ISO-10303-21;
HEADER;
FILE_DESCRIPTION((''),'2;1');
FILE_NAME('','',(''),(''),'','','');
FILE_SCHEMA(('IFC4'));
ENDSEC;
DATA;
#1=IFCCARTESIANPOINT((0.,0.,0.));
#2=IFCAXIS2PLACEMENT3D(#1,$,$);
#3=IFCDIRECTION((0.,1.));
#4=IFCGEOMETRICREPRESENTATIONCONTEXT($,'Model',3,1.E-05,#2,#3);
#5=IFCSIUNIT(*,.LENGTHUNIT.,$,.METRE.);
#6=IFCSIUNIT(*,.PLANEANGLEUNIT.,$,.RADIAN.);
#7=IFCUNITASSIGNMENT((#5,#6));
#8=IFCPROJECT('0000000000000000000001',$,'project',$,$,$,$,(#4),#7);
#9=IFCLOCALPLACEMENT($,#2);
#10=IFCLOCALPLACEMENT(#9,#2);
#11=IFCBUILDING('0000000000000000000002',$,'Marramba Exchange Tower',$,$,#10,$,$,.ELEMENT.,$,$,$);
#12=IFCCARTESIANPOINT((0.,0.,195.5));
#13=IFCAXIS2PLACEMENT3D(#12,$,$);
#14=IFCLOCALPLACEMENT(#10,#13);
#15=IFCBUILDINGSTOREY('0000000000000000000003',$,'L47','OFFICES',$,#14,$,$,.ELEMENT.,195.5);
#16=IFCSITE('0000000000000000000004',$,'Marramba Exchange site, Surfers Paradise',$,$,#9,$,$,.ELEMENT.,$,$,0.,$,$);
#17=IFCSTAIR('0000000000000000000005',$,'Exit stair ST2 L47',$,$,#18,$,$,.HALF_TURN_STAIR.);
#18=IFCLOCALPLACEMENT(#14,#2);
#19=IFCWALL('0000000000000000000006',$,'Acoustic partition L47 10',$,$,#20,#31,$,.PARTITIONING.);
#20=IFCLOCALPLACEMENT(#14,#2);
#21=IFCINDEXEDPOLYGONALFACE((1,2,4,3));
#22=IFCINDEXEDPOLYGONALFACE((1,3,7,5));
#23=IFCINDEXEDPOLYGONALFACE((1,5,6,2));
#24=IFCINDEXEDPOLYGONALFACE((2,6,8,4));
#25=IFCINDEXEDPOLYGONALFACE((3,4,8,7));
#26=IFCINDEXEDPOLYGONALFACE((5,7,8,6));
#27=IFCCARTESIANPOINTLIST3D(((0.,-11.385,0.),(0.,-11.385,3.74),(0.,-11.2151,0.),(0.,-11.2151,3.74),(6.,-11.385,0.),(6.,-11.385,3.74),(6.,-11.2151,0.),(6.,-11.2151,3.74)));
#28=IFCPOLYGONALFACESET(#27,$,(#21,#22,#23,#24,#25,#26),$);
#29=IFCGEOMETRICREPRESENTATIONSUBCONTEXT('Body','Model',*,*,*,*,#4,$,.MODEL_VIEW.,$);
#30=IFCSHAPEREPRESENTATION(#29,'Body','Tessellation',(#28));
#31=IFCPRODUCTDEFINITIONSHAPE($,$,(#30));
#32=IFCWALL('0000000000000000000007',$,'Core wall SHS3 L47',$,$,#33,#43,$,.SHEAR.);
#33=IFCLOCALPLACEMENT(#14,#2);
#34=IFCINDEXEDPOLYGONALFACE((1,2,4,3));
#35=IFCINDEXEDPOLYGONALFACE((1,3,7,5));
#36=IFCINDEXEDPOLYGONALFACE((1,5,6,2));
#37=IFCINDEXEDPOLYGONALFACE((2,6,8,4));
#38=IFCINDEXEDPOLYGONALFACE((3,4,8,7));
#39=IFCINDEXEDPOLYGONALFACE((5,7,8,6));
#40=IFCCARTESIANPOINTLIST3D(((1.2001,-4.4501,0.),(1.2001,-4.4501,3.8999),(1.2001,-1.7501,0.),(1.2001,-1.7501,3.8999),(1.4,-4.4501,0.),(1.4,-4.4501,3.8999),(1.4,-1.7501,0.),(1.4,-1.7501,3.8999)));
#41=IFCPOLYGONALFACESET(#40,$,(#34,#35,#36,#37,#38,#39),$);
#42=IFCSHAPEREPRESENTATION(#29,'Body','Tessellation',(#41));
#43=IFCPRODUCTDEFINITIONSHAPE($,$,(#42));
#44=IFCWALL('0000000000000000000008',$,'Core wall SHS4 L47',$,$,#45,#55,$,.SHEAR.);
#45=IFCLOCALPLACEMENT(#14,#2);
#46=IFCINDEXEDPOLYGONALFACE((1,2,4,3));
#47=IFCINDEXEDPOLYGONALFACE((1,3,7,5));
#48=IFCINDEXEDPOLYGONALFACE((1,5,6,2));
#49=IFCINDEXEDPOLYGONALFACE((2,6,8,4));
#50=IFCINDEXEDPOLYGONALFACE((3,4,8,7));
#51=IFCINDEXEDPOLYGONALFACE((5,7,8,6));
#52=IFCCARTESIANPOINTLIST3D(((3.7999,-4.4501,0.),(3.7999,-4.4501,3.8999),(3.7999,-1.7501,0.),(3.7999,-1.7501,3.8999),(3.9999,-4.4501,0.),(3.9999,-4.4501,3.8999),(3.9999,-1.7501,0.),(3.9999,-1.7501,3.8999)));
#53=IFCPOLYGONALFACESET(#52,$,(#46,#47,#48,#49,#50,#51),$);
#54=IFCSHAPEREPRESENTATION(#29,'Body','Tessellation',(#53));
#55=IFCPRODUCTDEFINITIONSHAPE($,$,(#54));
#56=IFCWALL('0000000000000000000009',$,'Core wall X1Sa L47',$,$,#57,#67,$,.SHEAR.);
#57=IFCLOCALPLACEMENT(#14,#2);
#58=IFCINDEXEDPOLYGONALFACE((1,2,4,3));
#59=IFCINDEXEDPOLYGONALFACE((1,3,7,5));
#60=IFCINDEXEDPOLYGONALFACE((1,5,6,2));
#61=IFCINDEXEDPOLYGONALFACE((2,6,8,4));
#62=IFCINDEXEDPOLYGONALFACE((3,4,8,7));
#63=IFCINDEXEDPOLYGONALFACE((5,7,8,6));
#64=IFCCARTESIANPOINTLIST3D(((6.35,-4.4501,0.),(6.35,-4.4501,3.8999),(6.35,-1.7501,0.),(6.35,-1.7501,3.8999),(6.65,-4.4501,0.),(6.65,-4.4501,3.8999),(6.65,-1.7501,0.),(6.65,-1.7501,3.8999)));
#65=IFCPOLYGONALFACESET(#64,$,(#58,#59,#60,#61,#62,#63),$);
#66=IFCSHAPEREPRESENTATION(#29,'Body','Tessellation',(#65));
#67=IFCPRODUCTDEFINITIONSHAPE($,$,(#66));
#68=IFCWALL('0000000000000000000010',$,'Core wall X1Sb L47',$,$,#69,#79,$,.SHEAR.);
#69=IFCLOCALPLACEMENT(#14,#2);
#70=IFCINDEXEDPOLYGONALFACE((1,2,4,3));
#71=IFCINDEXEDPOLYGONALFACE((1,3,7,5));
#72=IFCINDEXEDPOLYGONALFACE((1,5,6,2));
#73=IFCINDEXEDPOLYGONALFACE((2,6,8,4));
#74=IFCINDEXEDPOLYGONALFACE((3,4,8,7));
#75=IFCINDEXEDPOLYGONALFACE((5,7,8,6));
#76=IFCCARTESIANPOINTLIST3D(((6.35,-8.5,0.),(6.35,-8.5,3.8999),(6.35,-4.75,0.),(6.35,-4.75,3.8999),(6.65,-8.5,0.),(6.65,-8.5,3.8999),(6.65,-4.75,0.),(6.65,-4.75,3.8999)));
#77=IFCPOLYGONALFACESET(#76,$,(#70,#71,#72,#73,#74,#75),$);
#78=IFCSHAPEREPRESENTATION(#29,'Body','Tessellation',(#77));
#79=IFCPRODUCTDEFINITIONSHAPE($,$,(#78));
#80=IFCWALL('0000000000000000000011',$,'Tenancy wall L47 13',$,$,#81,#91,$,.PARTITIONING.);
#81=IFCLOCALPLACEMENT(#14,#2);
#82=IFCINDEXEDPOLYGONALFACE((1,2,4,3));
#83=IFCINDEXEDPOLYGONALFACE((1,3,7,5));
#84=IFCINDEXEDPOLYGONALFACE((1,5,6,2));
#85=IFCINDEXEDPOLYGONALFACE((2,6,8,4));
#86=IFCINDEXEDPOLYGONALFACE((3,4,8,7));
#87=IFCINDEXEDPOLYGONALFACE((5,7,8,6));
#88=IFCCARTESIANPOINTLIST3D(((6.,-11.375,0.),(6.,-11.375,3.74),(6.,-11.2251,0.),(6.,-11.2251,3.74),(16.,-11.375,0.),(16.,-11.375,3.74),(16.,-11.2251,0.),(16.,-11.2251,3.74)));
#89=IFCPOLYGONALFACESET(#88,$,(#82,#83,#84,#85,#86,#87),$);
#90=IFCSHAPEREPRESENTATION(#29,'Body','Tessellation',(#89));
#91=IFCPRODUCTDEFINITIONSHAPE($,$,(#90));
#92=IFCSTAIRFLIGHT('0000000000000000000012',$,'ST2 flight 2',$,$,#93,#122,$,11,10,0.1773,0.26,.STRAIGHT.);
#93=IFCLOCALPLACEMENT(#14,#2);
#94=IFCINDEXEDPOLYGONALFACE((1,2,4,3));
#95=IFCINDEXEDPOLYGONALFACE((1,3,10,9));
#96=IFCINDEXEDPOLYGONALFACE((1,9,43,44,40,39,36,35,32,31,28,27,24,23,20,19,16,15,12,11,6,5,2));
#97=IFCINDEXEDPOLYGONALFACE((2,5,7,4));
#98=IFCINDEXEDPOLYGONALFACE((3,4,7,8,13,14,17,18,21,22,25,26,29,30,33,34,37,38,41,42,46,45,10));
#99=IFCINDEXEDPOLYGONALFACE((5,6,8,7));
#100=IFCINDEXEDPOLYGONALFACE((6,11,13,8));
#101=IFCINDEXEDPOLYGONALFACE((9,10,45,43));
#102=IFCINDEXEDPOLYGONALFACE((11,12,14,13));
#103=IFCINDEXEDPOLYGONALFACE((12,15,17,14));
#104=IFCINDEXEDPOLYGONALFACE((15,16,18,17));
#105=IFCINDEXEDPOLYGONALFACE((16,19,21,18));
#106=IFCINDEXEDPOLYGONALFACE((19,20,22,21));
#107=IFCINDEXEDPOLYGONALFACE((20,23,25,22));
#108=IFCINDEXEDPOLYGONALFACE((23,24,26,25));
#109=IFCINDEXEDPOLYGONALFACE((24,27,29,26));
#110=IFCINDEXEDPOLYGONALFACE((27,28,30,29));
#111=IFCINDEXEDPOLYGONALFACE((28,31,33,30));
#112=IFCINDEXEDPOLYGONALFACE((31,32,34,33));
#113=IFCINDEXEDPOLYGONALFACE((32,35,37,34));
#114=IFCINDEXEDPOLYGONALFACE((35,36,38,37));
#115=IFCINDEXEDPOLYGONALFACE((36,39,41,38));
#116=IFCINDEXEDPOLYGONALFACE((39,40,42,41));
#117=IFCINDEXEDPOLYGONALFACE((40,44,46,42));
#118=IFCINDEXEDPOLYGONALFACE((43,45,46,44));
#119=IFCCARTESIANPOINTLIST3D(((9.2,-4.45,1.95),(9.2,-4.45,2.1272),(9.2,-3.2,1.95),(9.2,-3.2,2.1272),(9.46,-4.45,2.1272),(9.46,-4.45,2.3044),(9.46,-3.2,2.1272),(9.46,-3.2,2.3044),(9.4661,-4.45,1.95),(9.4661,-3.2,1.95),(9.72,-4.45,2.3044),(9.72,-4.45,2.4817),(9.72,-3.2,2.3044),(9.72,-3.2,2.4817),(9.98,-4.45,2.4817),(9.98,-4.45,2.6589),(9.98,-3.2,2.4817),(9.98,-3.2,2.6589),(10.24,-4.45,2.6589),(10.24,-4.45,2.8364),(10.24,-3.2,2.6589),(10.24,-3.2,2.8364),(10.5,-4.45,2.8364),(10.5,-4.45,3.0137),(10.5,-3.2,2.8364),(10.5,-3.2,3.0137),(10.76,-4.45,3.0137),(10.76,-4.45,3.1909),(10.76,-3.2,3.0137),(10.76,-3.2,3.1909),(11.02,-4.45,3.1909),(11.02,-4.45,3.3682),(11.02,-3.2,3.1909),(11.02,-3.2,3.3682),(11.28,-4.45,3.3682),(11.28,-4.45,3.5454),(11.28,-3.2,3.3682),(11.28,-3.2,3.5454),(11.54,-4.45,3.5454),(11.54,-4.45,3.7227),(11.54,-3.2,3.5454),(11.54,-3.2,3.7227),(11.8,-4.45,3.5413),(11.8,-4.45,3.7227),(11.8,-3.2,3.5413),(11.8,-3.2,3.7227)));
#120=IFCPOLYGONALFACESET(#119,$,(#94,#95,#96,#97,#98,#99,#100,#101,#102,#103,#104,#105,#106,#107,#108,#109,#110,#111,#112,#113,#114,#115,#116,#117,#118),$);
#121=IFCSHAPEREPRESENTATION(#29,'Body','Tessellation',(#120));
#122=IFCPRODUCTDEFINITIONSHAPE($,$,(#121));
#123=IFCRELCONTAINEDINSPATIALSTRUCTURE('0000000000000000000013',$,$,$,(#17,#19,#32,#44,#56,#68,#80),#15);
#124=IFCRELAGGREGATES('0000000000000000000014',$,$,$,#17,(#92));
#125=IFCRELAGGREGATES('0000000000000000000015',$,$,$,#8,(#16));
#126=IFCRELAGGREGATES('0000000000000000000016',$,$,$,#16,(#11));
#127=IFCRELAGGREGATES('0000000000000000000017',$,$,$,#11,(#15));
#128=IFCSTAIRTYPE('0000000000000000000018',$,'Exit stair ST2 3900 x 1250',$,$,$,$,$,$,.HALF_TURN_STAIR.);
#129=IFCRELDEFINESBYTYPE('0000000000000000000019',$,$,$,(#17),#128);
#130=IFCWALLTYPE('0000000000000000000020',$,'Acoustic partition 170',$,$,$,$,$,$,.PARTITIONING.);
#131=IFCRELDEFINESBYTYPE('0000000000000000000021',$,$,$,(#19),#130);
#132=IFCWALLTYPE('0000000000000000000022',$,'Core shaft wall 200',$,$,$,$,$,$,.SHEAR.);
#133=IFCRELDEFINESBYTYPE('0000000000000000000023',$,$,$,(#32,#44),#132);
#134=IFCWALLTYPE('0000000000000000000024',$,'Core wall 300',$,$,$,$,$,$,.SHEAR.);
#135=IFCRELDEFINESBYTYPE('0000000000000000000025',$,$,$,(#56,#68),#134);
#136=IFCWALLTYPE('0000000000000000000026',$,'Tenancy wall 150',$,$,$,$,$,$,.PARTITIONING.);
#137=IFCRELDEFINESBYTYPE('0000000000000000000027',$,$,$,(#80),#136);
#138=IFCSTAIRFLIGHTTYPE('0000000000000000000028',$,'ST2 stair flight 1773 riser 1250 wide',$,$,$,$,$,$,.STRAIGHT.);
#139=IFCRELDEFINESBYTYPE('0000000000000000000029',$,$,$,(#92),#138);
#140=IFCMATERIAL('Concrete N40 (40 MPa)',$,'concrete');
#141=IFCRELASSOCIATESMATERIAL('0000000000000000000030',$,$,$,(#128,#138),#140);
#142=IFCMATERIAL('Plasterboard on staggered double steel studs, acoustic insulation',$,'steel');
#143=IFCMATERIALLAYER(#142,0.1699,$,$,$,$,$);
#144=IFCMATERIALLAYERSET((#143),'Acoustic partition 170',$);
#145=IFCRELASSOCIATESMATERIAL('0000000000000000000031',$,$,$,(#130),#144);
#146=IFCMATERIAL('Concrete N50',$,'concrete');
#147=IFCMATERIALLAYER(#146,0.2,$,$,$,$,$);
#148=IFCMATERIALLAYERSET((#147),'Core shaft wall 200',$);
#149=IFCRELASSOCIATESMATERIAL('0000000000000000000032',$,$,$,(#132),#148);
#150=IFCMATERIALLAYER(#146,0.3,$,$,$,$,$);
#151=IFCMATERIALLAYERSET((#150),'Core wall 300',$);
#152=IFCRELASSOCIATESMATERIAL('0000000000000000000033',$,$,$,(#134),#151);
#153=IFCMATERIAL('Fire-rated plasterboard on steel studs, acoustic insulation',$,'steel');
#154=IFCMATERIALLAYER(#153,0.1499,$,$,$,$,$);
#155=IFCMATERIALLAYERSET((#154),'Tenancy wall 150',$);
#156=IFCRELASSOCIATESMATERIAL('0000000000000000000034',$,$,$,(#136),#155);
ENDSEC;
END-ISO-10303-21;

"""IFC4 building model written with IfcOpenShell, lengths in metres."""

from ifc_helpers import new_model, si_unit, direction, frame, frame_2d, origin, place, context, subcontext, project, spatial, polyline, rectangle, outline, extrude, material, layer, layer_set, type_object, element, aggregate, save


model = new_model("IFC4")

# Units and contexts
model_context = context("Model", 3, precision=1e-05, world=origin(), true_north=direction((0.0, 1.0)))
body_context = subcontext(model_context, "Body", "Model", "MODEL_VIEW")
ifc_project = project(units=[si_unit("LENGTHUNIT", "METRE"), si_unit("PLANEANGLEUNIT", "RADIAN")], contexts=[model_context])

# Site, building, storey
site_placement = place(None, origin())
site = spatial("IfcSite", under=ifc_project, at=site_placement, Name="Marramba Exchange site, Surfers Paradise", CompositionType="ELEMENT", RefElevation=0.0)
building_placement = place(site_placement, origin())
building = spatial("IfcBuilding", under=site, at=building_placement, Name="Marramba Exchange Tower", CompositionType="ELEMENT")
storey_placement = place(building_placement, frame((0.0, 0.0, 195.5)))
storey = spatial("IfcBuildingStorey", under=building, at=storey_placement, Name="L47", Description="OFFICES", CompositionType="ELEMENT", Elevation=195.5)

# Stair
ifc_material_1 = material(Name="Concrete N40 (40 MPa)", Category="concrete")
stair_type_1 = type_object("IfcStairType", Name="Exit stair ST2 3900 x 1250", PredefinedType="HALF_TURN_STAIR", material=ifc_material_1)
stair_1_placement = place(storey_placement, origin())
stair_1 = element("IfcStair", 1, at=stair_1_placement, inside=storey, type_object=stair_type_1, Name="Exit stair ST2 L47", PredefinedType="HALF_TURN_STAIR")

# Walls
ifc_material_2 = material(Name="Plasterboard on staggered double steel studs, acoustic insulation", Category="steel")
ifc_layer_1 = layer(ifc_material_2, 0.1699)
ifc_layer_set_1 = layer_set([ifc_layer_1], Name="Acoustic partition 170")
wall_type_1 = type_object("IfcWallType", Name="Acoustic partition 170", PredefinedType="PARTITIONING", material=ifc_layer_set_1)
wall_1_placement = place(storey_placement, frame((6.0, -11.3, 0.0), z_axis=(0.0, 0.0, 1.0), x_axis=(-1.0, 0.0, 0.0)))
element("IfcWall", 2, at=wall_1_placement, inside=storey, type_object=wall_type_1, Name="Acoustic partition L47 10", PredefinedType="PARTITIONING", context=body_context, shape_type="SweptSolid", body=[
    extrude(rectangle(XDim=6.0, YDim=0.1699, at=frame_2d((3.0, 0.0))), origin(), (0.0, 0.0, 1.0), 3.74),
])
ifc_material_3 = material(Name="Concrete N50", Category="concrete")
ifc_layer_2 = layer(ifc_material_3, 0.2)
ifc_layer_set_2 = layer_set([ifc_layer_2], Name="Core shaft wall 200")
wall_type_2 = type_object("IfcWallType", Name="Core shaft wall 200", PredefinedType="SHEAR", material=ifc_layer_set_2)
for number, where, z_axis, x_axis, name in (
    (3, (1.3, -1.75, 0.0), (0.0, 0.0, 1.0), (0.0, -1.0, 0.0), "Core wall SHS3 L47"),
    (4, (3.8999, -1.75, 0.0), (0.0, 0.0, 1.0), (0.0, -1.0, 0.0), "Core wall SHS4 L47"),
):
    element("IfcWall", number, at=place(storey_placement, frame(where, z_axis=z_axis, x_axis=x_axis)), inside=storey, type_object=wall_type_2, Name=name, PredefinedType="SHEAR", context=body_context, shape_type="SweptSolid", body=[
        extrude(rectangle(XDim=2.7, YDim=0.2, at=frame_2d((1.3501, 0.0))), origin(), (0.0, 0.0, 1.0), 3.8999),
    ])
ifc_layer_3 = layer(ifc_material_3, 0.3)
ifc_layer_set_3 = layer_set([ifc_layer_3], Name="Core wall 300")
wall_type_3 = type_object("IfcWallType", Name="Core wall 300", PredefinedType="SHEAR", material=ifc_layer_set_3)
wall_2_placement = place(storey_placement, frame((6.5, -1.75, 0.0), z_axis=(0.0, 0.0, 1.0), x_axis=(0.0, -1.0, 0.0)))
element("IfcWall", 5, at=wall_2_placement, inside=storey, type_object=wall_type_3, Name="Core wall X1Sa L47", PredefinedType="SHEAR", context=body_context, shape_type="SweptSolid", body=[
    extrude(rectangle(XDim=2.7, YDim=0.3, at=frame_2d((1.3501, 0.0))), origin(), (0.0, 0.0, 1.0), 3.8999),
])
wall_3_placement = place(storey_placement, frame((6.5, -4.75, 0.0), z_axis=(0.0, 0.0, 1.0), x_axis=(0.0, -1.0, 0.0)))
element("IfcWall", 6, at=wall_3_placement, inside=storey, type_object=wall_type_3, Name="Core wall X1Sb L47", PredefinedType="SHEAR", context=body_context, shape_type="SweptSolid", body=[
    extrude(rectangle(XDim=3.75, YDim=0.3, at=frame_2d((1.875, 0.0))), origin(), (0.0, 0.0, 1.0), 3.8999),
])

# Wall
ifc_material_4 = material(Name="Fire-rated plasterboard on steel studs, acoustic insulation", Category="steel")
ifc_layer_4 = layer(ifc_material_4, 0.1499)
ifc_layer_set_4 = layer_set([ifc_layer_4], Name="Tenancy wall 150")
wall_type_4 = type_object("IfcWallType", Name="Tenancy wall 150", PredefinedType="PARTITIONING", material=ifc_layer_set_4)
wall_4_placement = place(storey_placement, frame((6.0, -11.3, 0.0), z_axis=(0.0, 0.0, 1.0), x_axis=(1.0, 0.0, 0.0)))
element("IfcWall", 7, at=wall_4_placement, inside=storey, type_object=wall_type_4, Name="Tenancy wall L47 13", PredefinedType="PARTITIONING", context=body_context, shape_type="SweptSolid", body=[
    extrude(rectangle(XDim=10.0, YDim=0.1499, at=frame_2d((5.0, 0.0))), origin(), (0.0, 0.0, 1.0), 3.74),
])

# Stair flight
stair_flight_type = type_object("IfcStairFlightType", Name="ST2 stair flight 1773 riser 1250 wide", PredefinedType="STRAIGHT", material=ifc_material_1)
stair_flight_placement = place(storey_placement, frame((9.2, -3.825, 1.95), z_axis=(0.0, 0.0, 1.0), x_axis=(1.0, 0.0, 0.0)))
stair_flight = element("IfcStairFlight", 8, at=stair_flight_placement, type_object=stair_flight_type, Name="ST2 flight 2", NumberOfRisers=11, NumberOfTreads=10, PredefinedType="STRAIGHT", RiserHeight=0.1773, TreadLength=0.26, context=body_context, shape_type="SweptSolid", body=[
    extrude(outline(polyline([(0.0, 0.0), (0.0, 0.1772), (0.26, 0.1772), (0.26, 0.3545), (0.52, 0.3545), (0.52, 0.5317), (0.78, 0.5317), (0.78, 0.709), (1.04, 0.709), (1.04, 0.8865), (1.3, 0.8865), (1.3, 1.0637), (1.5601, 1.0637), (1.5601, 1.241), (1.8201, 1.241), (1.8201, 1.4182), (2.0801, 1.4182), (2.0801, 1.5955), (2.3401, 1.5955), (2.3401, 1.7727), (2.6001, 1.7727), (2.6001, 1.95), (2.6001, 1.5913), (0.2661, 0.0), (0.0, 0.0)])), frame((0.0, 0.625, 0.0), z_axis=(0.0, -1.0, 0.0), x_axis=(1.0, 0.0, 0.0)), (0.0, 0.0, 1.0), 1.25),
])
aggregate(stair_1, [stair_flight])

save(model, "model.ifc")
